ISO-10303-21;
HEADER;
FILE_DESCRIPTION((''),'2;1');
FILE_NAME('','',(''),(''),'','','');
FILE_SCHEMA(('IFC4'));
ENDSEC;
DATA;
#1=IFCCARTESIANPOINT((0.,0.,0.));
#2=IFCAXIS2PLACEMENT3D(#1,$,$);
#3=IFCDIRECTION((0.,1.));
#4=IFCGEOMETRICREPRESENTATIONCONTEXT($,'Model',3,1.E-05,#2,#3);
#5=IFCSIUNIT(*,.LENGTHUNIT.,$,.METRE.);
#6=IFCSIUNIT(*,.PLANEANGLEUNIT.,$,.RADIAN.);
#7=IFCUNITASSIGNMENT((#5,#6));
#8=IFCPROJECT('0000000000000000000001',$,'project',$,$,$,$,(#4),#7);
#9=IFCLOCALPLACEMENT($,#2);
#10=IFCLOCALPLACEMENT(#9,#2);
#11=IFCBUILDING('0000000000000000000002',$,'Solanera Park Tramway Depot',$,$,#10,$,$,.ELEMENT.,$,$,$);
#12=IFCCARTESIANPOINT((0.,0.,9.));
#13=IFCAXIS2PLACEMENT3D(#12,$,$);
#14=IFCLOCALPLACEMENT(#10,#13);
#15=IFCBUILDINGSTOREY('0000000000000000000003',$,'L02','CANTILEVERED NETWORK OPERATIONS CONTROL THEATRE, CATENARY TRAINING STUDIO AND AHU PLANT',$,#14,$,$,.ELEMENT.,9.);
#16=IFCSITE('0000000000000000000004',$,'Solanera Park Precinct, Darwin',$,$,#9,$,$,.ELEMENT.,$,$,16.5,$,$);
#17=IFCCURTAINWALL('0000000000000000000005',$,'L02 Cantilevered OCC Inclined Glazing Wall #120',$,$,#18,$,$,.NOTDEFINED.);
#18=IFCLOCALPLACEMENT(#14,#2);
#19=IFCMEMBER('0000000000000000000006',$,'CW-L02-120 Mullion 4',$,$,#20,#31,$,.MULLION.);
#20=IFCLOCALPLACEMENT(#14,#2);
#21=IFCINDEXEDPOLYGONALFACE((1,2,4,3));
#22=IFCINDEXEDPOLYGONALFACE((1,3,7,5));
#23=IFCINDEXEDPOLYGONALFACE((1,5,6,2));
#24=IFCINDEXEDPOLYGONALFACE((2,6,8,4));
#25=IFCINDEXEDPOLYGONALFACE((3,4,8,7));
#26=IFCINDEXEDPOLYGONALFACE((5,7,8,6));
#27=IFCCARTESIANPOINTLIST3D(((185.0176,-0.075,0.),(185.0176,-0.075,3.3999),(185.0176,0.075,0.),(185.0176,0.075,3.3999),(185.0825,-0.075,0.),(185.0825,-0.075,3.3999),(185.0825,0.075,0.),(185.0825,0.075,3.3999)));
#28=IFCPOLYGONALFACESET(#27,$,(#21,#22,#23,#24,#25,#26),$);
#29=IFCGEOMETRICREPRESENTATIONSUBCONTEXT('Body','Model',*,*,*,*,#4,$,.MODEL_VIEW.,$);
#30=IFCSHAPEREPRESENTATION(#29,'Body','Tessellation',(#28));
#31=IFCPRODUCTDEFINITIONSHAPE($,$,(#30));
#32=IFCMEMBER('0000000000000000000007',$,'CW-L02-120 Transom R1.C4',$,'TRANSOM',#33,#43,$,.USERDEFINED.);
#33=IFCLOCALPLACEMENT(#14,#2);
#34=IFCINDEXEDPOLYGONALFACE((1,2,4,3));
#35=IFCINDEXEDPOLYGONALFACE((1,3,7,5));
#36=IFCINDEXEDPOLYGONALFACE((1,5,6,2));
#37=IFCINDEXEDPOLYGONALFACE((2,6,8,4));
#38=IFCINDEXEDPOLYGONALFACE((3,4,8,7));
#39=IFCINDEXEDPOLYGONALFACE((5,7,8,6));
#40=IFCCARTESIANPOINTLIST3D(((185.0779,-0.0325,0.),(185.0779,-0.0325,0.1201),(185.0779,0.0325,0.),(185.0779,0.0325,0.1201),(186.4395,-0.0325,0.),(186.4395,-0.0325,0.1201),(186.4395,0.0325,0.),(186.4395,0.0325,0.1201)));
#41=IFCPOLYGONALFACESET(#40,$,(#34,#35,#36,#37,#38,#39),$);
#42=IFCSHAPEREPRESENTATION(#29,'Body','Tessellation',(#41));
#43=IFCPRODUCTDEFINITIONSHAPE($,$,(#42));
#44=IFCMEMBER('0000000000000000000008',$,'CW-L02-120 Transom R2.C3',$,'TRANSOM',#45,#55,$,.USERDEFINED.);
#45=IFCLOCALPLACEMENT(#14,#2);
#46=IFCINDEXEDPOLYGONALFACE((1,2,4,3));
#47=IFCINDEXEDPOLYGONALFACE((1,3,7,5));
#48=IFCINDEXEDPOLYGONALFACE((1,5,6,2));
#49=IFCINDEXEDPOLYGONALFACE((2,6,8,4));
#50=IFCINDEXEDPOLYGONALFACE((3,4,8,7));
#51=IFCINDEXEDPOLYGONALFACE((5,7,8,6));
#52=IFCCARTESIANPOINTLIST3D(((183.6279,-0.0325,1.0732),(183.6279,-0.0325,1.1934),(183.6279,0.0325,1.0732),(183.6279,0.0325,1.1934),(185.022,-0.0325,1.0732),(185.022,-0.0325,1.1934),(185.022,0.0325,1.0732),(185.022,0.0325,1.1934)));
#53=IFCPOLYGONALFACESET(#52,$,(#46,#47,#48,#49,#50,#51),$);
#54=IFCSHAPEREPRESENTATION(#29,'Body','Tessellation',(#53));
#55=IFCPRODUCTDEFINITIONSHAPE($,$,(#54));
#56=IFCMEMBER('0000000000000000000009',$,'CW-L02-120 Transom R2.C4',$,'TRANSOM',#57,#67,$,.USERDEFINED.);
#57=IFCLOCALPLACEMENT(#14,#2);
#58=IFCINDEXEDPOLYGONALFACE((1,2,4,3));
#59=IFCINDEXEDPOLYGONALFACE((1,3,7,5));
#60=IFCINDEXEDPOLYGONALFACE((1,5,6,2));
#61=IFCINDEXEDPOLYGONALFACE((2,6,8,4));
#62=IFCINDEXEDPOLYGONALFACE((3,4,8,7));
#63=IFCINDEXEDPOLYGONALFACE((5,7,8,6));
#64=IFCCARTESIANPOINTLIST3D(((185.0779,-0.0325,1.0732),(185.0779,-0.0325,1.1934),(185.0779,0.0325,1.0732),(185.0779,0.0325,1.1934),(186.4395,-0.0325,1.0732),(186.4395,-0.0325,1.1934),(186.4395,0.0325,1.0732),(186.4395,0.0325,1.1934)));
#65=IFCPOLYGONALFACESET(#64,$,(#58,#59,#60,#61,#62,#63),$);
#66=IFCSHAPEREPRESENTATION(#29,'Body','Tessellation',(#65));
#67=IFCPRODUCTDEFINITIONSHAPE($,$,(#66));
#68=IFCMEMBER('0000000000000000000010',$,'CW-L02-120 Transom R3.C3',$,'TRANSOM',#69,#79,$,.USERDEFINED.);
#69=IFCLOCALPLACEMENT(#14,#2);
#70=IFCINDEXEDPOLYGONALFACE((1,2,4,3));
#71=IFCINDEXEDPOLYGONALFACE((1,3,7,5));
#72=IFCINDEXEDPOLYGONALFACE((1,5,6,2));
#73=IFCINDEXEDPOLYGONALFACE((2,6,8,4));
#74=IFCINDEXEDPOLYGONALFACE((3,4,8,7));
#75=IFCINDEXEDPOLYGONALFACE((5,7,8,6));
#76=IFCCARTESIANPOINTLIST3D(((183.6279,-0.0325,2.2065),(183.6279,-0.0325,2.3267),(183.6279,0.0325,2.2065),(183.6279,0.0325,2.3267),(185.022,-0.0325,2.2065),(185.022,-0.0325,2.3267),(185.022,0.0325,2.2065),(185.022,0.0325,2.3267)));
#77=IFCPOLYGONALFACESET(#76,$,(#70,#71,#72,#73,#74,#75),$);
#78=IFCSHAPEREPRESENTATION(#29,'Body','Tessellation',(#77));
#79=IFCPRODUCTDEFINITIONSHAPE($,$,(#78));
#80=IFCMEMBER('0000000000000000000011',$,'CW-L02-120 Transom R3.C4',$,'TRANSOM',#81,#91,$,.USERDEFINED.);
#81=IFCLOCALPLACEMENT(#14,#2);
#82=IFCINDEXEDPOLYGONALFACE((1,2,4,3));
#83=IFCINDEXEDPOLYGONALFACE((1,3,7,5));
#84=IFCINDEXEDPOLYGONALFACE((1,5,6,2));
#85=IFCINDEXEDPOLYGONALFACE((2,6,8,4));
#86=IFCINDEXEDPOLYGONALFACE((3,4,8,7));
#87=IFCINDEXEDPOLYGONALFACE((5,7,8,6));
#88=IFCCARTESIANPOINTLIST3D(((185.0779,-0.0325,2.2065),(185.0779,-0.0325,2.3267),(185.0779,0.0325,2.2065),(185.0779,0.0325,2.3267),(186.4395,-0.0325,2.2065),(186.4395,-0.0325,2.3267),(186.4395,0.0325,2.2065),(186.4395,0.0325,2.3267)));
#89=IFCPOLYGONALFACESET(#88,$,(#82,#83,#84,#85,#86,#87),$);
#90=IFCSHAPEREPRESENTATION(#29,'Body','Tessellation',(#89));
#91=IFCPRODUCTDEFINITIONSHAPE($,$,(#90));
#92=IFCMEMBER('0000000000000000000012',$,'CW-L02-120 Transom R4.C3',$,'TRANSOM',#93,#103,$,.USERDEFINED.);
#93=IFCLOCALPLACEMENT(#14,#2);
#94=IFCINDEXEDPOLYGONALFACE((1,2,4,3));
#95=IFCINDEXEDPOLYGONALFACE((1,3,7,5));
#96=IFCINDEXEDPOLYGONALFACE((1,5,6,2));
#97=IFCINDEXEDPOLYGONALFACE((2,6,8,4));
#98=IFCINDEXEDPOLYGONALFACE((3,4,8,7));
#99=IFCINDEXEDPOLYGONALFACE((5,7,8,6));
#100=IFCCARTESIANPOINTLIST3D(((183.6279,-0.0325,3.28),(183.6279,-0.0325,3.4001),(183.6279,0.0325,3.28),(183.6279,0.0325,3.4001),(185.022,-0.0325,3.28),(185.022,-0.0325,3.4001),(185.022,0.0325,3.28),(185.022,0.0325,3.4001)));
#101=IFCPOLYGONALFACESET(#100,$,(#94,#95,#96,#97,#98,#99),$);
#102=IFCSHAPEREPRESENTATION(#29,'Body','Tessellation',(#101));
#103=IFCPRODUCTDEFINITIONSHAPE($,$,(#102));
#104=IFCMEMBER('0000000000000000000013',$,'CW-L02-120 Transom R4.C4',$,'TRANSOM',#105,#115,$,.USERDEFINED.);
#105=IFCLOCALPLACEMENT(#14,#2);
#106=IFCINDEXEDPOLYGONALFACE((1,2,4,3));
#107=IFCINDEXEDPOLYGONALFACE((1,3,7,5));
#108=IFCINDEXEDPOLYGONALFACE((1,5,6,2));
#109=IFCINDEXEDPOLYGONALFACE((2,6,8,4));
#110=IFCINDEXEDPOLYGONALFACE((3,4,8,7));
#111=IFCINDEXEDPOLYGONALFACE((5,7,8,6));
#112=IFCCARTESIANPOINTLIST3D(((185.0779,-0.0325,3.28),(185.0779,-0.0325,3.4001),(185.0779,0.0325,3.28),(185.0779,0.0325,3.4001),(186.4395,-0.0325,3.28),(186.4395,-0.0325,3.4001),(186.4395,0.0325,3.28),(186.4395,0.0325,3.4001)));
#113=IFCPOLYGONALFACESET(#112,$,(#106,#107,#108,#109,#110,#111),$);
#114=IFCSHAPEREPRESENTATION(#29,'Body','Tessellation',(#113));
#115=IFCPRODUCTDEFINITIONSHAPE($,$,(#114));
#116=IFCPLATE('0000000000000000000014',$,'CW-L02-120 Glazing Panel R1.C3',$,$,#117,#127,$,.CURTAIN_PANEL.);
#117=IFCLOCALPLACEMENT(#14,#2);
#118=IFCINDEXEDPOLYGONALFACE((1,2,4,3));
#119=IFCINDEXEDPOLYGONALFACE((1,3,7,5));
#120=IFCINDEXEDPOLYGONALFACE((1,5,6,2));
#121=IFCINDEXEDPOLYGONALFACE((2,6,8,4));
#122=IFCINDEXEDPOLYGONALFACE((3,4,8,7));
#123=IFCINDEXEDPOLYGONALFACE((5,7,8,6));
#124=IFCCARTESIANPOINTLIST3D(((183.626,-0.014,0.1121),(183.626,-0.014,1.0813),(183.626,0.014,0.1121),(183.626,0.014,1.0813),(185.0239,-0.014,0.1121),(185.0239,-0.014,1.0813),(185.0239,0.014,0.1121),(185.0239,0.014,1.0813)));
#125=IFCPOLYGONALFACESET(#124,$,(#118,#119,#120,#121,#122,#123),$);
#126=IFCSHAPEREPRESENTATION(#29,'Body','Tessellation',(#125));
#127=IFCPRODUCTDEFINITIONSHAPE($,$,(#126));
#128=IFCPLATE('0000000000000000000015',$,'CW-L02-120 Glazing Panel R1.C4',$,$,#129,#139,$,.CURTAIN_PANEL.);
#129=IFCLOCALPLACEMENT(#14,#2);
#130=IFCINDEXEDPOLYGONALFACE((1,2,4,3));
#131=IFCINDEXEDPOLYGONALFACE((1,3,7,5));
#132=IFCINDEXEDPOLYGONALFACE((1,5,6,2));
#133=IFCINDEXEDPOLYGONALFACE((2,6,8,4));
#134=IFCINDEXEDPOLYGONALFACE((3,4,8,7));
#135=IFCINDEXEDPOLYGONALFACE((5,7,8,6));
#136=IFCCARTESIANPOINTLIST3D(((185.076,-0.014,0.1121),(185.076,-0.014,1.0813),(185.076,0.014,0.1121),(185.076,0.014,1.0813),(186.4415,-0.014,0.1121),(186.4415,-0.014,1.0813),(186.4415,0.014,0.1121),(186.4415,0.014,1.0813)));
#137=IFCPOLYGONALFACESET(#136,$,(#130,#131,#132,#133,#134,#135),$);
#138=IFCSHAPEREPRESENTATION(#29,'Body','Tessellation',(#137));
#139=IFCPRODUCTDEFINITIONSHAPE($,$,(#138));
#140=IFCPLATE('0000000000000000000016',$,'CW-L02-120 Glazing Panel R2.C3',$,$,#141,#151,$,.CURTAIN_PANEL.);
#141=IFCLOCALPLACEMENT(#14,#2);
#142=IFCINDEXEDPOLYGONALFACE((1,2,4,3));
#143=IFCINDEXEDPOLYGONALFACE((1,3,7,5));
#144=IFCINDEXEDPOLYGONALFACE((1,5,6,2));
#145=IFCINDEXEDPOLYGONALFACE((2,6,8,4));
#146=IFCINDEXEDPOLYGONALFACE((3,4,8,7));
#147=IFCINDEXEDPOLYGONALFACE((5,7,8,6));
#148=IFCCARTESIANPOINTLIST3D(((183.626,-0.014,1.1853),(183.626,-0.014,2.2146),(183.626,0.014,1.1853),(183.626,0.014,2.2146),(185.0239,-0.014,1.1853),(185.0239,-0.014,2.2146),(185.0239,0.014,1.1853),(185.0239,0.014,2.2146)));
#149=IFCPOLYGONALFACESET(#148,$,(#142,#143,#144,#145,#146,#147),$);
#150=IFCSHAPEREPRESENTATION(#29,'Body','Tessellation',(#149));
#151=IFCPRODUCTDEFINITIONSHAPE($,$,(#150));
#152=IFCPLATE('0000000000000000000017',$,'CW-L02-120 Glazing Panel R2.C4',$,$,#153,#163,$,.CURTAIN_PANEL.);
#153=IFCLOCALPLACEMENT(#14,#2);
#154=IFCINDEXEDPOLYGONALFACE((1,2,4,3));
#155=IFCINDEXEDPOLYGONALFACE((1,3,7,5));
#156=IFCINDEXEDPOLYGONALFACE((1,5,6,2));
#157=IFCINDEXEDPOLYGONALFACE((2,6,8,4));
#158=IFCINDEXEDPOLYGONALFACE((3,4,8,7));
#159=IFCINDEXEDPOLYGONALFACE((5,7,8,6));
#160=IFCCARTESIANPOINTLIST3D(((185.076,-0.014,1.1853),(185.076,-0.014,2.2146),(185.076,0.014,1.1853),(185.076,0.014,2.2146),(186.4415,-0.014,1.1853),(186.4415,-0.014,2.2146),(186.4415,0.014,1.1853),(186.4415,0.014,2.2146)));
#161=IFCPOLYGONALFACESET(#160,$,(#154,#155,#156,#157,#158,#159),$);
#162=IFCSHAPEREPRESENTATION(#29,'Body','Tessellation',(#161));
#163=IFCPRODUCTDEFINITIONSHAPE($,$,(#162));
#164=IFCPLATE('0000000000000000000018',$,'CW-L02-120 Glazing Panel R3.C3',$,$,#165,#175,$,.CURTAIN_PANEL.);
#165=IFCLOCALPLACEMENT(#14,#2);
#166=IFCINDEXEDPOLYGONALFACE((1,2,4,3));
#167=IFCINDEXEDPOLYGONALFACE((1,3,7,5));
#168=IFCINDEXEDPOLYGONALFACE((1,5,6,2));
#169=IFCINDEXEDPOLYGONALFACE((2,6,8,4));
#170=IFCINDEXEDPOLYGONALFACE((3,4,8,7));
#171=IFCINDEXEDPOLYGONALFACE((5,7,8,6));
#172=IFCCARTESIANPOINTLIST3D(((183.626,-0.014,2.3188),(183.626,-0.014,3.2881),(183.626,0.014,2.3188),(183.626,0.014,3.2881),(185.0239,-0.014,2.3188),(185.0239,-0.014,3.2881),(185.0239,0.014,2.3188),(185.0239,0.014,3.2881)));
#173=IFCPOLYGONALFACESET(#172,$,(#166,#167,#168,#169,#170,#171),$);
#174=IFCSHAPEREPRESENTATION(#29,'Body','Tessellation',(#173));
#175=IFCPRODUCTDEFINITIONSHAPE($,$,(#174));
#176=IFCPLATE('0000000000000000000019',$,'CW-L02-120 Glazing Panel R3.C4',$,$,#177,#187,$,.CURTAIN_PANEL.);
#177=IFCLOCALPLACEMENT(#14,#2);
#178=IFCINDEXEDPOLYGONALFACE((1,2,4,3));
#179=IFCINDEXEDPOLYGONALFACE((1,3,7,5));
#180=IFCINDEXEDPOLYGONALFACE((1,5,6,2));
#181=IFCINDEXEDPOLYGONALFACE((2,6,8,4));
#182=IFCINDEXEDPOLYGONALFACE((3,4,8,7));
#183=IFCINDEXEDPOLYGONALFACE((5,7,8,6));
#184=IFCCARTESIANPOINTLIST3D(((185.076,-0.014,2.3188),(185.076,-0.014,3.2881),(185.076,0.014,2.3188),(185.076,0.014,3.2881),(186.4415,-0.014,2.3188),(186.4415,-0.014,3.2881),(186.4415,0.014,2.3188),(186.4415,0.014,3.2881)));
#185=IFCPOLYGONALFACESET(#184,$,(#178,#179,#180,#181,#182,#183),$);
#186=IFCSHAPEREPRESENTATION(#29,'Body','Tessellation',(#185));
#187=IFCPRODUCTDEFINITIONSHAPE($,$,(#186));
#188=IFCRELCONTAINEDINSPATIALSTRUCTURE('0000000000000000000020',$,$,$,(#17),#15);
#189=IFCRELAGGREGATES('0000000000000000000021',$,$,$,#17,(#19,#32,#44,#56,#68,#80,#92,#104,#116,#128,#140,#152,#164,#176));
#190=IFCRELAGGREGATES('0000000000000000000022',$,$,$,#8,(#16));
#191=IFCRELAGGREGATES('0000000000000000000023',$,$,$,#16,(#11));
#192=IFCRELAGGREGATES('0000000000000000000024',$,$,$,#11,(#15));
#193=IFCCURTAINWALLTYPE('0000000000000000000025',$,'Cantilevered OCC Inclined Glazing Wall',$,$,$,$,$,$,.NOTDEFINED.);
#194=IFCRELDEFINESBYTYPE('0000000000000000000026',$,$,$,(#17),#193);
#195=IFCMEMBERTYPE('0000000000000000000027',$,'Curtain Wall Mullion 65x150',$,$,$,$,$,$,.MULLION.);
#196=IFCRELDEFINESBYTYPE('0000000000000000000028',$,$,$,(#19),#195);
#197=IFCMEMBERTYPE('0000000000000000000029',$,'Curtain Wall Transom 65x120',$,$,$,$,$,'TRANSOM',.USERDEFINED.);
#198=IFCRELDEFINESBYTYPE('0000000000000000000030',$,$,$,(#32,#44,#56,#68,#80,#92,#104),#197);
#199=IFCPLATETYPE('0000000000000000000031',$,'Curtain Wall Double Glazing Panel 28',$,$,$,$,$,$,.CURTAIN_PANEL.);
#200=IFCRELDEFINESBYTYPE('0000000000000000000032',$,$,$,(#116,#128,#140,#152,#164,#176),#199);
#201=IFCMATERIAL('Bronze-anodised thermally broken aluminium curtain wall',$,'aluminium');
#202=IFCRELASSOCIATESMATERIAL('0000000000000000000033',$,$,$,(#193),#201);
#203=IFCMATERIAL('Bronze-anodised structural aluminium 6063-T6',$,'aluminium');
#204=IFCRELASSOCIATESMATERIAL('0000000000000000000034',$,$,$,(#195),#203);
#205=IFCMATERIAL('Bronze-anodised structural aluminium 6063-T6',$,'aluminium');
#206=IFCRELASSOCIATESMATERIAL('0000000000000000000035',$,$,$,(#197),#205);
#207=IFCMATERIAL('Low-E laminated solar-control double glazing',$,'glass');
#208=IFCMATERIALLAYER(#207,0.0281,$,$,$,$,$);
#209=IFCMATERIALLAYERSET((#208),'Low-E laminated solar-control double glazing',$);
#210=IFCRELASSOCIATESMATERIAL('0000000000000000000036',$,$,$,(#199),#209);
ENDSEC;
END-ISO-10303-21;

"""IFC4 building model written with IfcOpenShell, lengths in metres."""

from ifc_helpers import new_model, si_unit, direction, frame, origin, origin_2d, place, context, subcontext, project, spatial, rectangle, extrude, material, layer, layer_set, material_profile, profile_set, type_object, element, aggregate, save


model = new_model("IFC4")

# Units and contexts
model_context = context("Model", 3, precision=1e-05, world=origin(), true_north=direction((0.0, 1.0)))
body_context = subcontext(model_context, "Body", "Model", "MODEL_VIEW")
ifc_project = project(units=[si_unit("LENGTHUNIT", "METRE"), si_unit("PLANEANGLEUNIT", "RADIAN")], contexts=[model_context])

# Site, building, storey
site_placement = place(None, origin())
site = spatial("IfcSite", under=ifc_project, at=site_placement, Name="Solanera Park Precinct, Darwin", CompositionType="ELEMENT", RefElevation=16.5)
building_placement = place(site_placement, origin())
building = spatial("IfcBuilding", under=site, at=building_placement, Name="Solanera Park Tramway Depot", CompositionType="ELEMENT")
storey_placement = place(building_placement, frame((0.0, 0.0, 9.0)))
storey = spatial("IfcBuildingStorey", under=building, at=storey_placement, Name="L02", Description="CANTILEVERED NETWORK OPERATIONS CONTROL THEATRE, CATENARY TRAINING STUDIO AND AHU PLANT", CompositionType="ELEMENT", Elevation=9.0)

# Curtain wall, members, plates
ifc_material_1 = material(Name="Bronze-anodised thermally broken aluminium curtain wall", Category="aluminium")
curtain_wall_type = type_object("IfcCurtainWallType", Name="Cantilevered OCC Inclined Glazing Wall", PredefinedType="NOTDEFINED", material=ifc_material_1)
curtain_wall_placement = place(storey_placement, origin())
curtain_wall = element("IfcCurtainWall", 1, at=curtain_wall_placement, inside=storey, type_object=curtain_wall_type, Name="L02 Cantilevered OCC Inclined Glazing Wall #120", PredefinedType="NOTDEFINED")
ifc_material_2 = material(Name="Bronze-anodised structural aluminium 6063-T6", Category="aluminium")
ifc_material_profile_1 = material_profile(ifc_material_2, rectangle(XDim=0.0649, YDim=0.1499, at=origin_2d()), Name="Curtain Wall Mullion 65x150")
ifc_profile_set_1 = profile_set([ifc_material_profile_1], Name="Bronze-anodised structural aluminium 6063-T6")
member_type_1 = type_object("IfcMemberType", Name="Curtain Wall Mullion 65x150", PredefinedType="MULLION", material=ifc_profile_set_1)
member_1_placement = place(storey_placement, frame((185.05, 0.0, 0.0), z_axis=(0.0, 0.0, 1.0), x_axis=(1.0, 0.0, 0.0)))
member_1 = element("IfcMember", 2, at=member_1_placement, type_object=member_type_1, Name="CW-L02-120 Mullion 4", PredefinedType="MULLION", context=body_context, shape_type="SweptSolid", body=[
    extrude(rectangle(XDim=0.0649, YDim=0.1499, at=origin_2d()), origin(), (0.0, 0.0, 1.0), 3.3999),
])
ifc_material_3 = material(Name="Bronze-anodised structural aluminium 6063-T6", Category="aluminium")
ifc_material_profile_2 = material_profile(ifc_material_3, rectangle(XDim=0.0649, YDim=0.1201, at=origin_2d()), Name="Curtain Wall Transom 65x120")
ifc_profile_set_2 = profile_set([ifc_material_profile_2], Name="Bronze-anodised structural aluminium 6063-T6")
member_type_2 = type_object("IfcMemberType", Name="Curtain Wall Transom 65x120", ElementType="TRANSOM", PredefinedType="USERDEFINED", material=ifc_profile_set_2)
member_2_placement = place(storey_placement, frame((185.0779, 0.0, 0.0601), z_axis=(1.0, 0.0, 0.0), x_axis=(0.0, 1.0, 0.0)))
member_2 = element("IfcMember", 3, at=member_2_placement, type_object=member_type_2, Name="CW-L02-120 Transom R1.C4", ObjectType="TRANSOM", PredefinedType="USERDEFINED", context=body_context, shape_type="SweptSolid", body=[
    extrude(rectangle(XDim=0.0649, YDim=0.1201, at=origin_2d()), origin(), (0.0, 0.0, 1.0), 1.3616),
])
member_3_placement = place(storey_placement, frame((183.6279, 0.0, 1.1333), z_axis=(1.0, 0.0, 0.0), x_axis=(0.0, 1.0, 0.0)))
member_3 = element("IfcMember", 4, at=member_3_placement, type_object=member_type_2, Name="CW-L02-120 Transom R2.C3", ObjectType="TRANSOM", PredefinedType="USERDEFINED", context=body_context, shape_type="SweptSolid", body=[
    extrude(rectangle(XDim=0.0649, YDim=0.1201, at=origin_2d()), origin(), (0.0, 0.0, 1.0), 1.394),
])
member_4_placement = place(storey_placement, frame((185.0779, 0.0, 1.1333), z_axis=(1.0, 0.0, 0.0), x_axis=(0.0, 1.0, 0.0)))
member_4 = element("IfcMember", 5, at=member_4_placement, type_object=member_type_2, Name="CW-L02-120 Transom R2.C4", ObjectType="TRANSOM", PredefinedType="USERDEFINED", context=body_context, shape_type="SweptSolid", body=[
    extrude(rectangle(XDim=0.0649, YDim=0.1201, at=origin_2d()), origin(), (0.0, 0.0, 1.0), 1.3616),
])
member_5_placement = place(storey_placement, frame((183.6279, 0.0, 2.2666), z_axis=(1.0, 0.0, 0.0), x_axis=(0.0, 1.0, 0.0)))
member_5 = element("IfcMember", 6, at=member_5_placement, type_object=member_type_2, Name="CW-L02-120 Transom R3.C3", ObjectType="TRANSOM", PredefinedType="USERDEFINED", context=body_context, shape_type="SweptSolid", body=[
    extrude(rectangle(XDim=0.0649, YDim=0.1201, at=origin_2d()), origin(), (0.0, 0.0, 1.0), 1.394),
])
member_6_placement = place(storey_placement, frame((185.0779, 0.0, 2.2666), z_axis=(1.0, 0.0, 0.0), x_axis=(0.0, 1.0, 0.0)))
member_6 = element("IfcMember", 7, at=member_6_placement, type_object=member_type_2, Name="CW-L02-120 Transom R3.C4", ObjectType="TRANSOM", PredefinedType="USERDEFINED", context=body_context, shape_type="SweptSolid", body=[
    extrude(rectangle(XDim=0.0649, YDim=0.1201, at=origin_2d()), origin(), (0.0, 0.0, 1.0), 1.3616),
])
member_7_placement = place(storey_placement, frame((183.6279, 0.0, 3.3401), z_axis=(1.0, 0.0, 0.0), x_axis=(0.0, 1.0, 0.0)))
member_7 = element("IfcMember", 8, at=member_7_placement, type_object=member_type_2, Name="CW-L02-120 Transom R4.C3", ObjectType="TRANSOM", PredefinedType="USERDEFINED", context=body_context, shape_type="SweptSolid", body=[
    extrude(rectangle(XDim=0.0649, YDim=0.1201, at=origin_2d()), origin(), (0.0, 0.0, 1.0), 1.394),
])
member_8_placement = place(storey_placement, frame((185.0779, 0.0, 3.3401), z_axis=(1.0, 0.0, 0.0), x_axis=(0.0, 1.0, 0.0)))
member_8 = element("IfcMember", 9, at=member_8_placement, type_object=member_type_2, Name="CW-L02-120 Transom R4.C4", ObjectType="TRANSOM", PredefinedType="USERDEFINED", context=body_context, shape_type="SweptSolid", body=[
    extrude(rectangle(XDim=0.0649, YDim=0.1201, at=origin_2d()), origin(), (0.0, 0.0, 1.0), 1.3616),
])
ifc_material_4 = material(Name="Low-E laminated solar-control double glazing", Category="glass")
ifc_layer_1 = layer(ifc_material_4, 0.0281)
ifc_layer_set_1 = layer_set([ifc_layer_1], Name="Low-E laminated solar-control double glazing")
plate_type = type_object("IfcPlateType", Name="Curtain Wall Double Glazing Panel 28", PredefinedType="CURTAIN_PANEL", material=ifc_layer_set_1)
plate_1_placement = place(storey_placement, frame((184.325, 0.0, 0.1121), z_axis=(0.0, 0.0, 1.0), x_axis=(1.0, 0.0, 0.0)))
plate_1 = element("IfcPlate", 10, at=plate_1_placement, type_object=plate_type, Name="CW-L02-120 Glazing Panel R1.C3", PredefinedType="CURTAIN_PANEL", context=body_context, shape_type="SweptSolid", body=[
    extrude(rectangle(XDim=1.3979, YDim=0.0281, at=origin_2d()), origin(), (0.0, 0.0, 1.0), 0.9692),
])
plate_2_placement = place(storey_placement, frame((185.7588, 0.0, 0.1121), z_axis=(0.0, 0.0, 1.0), x_axis=(1.0, 0.0, 0.0)))
plate_2 = element("IfcPlate", 11, at=plate_2_placement, type_object=plate_type, Name="CW-L02-120 Glazing Panel R1.C4", PredefinedType="CURTAIN_PANEL", context=body_context, shape_type="SweptSolid", body=[
    extrude(rectangle(XDim=1.3655, YDim=0.0281, at=origin_2d()), origin(), (0.0, 0.0, 1.0), 0.9692),
])
plate_3_placement = place(storey_placement, frame((184.325, 0.0, 1.1853), z_axis=(0.0, 0.0, 1.0), x_axis=(1.0, 0.0, 0.0)))
plate_3 = element("IfcPlate", 12, at=plate_3_placement, type_object=plate_type, Name="CW-L02-120 Glazing Panel R2.C3", PredefinedType="CURTAIN_PANEL", context=body_context, shape_type="SweptSolid", body=[
    extrude(rectangle(XDim=1.3979, YDim=0.0281, at=origin_2d()), origin(), (0.0, 0.0, 1.0), 1.0293),
])
plate_4_placement = place(storey_placement, frame((185.7588, 0.0, 1.1853), z_axis=(0.0, 0.0, 1.0), x_axis=(1.0, 0.0, 0.0)))
plate_4 = element("IfcPlate", 13, at=plate_4_placement, type_object=plate_type, Name="CW-L02-120 Glazing Panel R2.C4", PredefinedType="CURTAIN_PANEL", context=body_context, shape_type="SweptSolid", body=[
    extrude(rectangle(XDim=1.3655, YDim=0.0281, at=origin_2d()), origin(), (0.0, 0.0, 1.0), 1.0293),
])
plate_5_placement = place(storey_placement, frame((184.325, 0.0, 2.3188), z_axis=(0.0, 0.0, 1.0), x_axis=(1.0, 0.0, 0.0)))
plate_5 = element("IfcPlate", 14, at=plate_5_placement, type_object=plate_type, Name="CW-L02-120 Glazing Panel R3.C3", PredefinedType="CURTAIN_PANEL", context=body_context, shape_type="SweptSolid", body=[
    extrude(rectangle(XDim=1.3979, YDim=0.0281, at=origin_2d()), origin(), (0.0, 0.0, 1.0), 0.9692),
])
plate_6_placement = place(storey_placement, frame((185.7588, 0.0, 2.3188), z_axis=(0.0, 0.0, 1.0), x_axis=(1.0, 0.0, 0.0)))
plate_6 = element("IfcPlate", 15, at=plate_6_placement, type_object=plate_type, Name="CW-L02-120 Glazing Panel R3.C4", PredefinedType="CURTAIN_PANEL", context=body_context, shape_type="SweptSolid", body=[
    extrude(rectangle(XDim=1.3655, YDim=0.0281, at=origin_2d()), origin(), (0.0, 0.0, 1.0), 0.9692),
])
aggregate(curtain_wall, [member_1, member_2, member_3, member_4, member_5, member_6, member_7, member_8, plate_1, plate_2, plate_3, plate_4, plate_5, plate_6])

save(model, "model.ifc")
